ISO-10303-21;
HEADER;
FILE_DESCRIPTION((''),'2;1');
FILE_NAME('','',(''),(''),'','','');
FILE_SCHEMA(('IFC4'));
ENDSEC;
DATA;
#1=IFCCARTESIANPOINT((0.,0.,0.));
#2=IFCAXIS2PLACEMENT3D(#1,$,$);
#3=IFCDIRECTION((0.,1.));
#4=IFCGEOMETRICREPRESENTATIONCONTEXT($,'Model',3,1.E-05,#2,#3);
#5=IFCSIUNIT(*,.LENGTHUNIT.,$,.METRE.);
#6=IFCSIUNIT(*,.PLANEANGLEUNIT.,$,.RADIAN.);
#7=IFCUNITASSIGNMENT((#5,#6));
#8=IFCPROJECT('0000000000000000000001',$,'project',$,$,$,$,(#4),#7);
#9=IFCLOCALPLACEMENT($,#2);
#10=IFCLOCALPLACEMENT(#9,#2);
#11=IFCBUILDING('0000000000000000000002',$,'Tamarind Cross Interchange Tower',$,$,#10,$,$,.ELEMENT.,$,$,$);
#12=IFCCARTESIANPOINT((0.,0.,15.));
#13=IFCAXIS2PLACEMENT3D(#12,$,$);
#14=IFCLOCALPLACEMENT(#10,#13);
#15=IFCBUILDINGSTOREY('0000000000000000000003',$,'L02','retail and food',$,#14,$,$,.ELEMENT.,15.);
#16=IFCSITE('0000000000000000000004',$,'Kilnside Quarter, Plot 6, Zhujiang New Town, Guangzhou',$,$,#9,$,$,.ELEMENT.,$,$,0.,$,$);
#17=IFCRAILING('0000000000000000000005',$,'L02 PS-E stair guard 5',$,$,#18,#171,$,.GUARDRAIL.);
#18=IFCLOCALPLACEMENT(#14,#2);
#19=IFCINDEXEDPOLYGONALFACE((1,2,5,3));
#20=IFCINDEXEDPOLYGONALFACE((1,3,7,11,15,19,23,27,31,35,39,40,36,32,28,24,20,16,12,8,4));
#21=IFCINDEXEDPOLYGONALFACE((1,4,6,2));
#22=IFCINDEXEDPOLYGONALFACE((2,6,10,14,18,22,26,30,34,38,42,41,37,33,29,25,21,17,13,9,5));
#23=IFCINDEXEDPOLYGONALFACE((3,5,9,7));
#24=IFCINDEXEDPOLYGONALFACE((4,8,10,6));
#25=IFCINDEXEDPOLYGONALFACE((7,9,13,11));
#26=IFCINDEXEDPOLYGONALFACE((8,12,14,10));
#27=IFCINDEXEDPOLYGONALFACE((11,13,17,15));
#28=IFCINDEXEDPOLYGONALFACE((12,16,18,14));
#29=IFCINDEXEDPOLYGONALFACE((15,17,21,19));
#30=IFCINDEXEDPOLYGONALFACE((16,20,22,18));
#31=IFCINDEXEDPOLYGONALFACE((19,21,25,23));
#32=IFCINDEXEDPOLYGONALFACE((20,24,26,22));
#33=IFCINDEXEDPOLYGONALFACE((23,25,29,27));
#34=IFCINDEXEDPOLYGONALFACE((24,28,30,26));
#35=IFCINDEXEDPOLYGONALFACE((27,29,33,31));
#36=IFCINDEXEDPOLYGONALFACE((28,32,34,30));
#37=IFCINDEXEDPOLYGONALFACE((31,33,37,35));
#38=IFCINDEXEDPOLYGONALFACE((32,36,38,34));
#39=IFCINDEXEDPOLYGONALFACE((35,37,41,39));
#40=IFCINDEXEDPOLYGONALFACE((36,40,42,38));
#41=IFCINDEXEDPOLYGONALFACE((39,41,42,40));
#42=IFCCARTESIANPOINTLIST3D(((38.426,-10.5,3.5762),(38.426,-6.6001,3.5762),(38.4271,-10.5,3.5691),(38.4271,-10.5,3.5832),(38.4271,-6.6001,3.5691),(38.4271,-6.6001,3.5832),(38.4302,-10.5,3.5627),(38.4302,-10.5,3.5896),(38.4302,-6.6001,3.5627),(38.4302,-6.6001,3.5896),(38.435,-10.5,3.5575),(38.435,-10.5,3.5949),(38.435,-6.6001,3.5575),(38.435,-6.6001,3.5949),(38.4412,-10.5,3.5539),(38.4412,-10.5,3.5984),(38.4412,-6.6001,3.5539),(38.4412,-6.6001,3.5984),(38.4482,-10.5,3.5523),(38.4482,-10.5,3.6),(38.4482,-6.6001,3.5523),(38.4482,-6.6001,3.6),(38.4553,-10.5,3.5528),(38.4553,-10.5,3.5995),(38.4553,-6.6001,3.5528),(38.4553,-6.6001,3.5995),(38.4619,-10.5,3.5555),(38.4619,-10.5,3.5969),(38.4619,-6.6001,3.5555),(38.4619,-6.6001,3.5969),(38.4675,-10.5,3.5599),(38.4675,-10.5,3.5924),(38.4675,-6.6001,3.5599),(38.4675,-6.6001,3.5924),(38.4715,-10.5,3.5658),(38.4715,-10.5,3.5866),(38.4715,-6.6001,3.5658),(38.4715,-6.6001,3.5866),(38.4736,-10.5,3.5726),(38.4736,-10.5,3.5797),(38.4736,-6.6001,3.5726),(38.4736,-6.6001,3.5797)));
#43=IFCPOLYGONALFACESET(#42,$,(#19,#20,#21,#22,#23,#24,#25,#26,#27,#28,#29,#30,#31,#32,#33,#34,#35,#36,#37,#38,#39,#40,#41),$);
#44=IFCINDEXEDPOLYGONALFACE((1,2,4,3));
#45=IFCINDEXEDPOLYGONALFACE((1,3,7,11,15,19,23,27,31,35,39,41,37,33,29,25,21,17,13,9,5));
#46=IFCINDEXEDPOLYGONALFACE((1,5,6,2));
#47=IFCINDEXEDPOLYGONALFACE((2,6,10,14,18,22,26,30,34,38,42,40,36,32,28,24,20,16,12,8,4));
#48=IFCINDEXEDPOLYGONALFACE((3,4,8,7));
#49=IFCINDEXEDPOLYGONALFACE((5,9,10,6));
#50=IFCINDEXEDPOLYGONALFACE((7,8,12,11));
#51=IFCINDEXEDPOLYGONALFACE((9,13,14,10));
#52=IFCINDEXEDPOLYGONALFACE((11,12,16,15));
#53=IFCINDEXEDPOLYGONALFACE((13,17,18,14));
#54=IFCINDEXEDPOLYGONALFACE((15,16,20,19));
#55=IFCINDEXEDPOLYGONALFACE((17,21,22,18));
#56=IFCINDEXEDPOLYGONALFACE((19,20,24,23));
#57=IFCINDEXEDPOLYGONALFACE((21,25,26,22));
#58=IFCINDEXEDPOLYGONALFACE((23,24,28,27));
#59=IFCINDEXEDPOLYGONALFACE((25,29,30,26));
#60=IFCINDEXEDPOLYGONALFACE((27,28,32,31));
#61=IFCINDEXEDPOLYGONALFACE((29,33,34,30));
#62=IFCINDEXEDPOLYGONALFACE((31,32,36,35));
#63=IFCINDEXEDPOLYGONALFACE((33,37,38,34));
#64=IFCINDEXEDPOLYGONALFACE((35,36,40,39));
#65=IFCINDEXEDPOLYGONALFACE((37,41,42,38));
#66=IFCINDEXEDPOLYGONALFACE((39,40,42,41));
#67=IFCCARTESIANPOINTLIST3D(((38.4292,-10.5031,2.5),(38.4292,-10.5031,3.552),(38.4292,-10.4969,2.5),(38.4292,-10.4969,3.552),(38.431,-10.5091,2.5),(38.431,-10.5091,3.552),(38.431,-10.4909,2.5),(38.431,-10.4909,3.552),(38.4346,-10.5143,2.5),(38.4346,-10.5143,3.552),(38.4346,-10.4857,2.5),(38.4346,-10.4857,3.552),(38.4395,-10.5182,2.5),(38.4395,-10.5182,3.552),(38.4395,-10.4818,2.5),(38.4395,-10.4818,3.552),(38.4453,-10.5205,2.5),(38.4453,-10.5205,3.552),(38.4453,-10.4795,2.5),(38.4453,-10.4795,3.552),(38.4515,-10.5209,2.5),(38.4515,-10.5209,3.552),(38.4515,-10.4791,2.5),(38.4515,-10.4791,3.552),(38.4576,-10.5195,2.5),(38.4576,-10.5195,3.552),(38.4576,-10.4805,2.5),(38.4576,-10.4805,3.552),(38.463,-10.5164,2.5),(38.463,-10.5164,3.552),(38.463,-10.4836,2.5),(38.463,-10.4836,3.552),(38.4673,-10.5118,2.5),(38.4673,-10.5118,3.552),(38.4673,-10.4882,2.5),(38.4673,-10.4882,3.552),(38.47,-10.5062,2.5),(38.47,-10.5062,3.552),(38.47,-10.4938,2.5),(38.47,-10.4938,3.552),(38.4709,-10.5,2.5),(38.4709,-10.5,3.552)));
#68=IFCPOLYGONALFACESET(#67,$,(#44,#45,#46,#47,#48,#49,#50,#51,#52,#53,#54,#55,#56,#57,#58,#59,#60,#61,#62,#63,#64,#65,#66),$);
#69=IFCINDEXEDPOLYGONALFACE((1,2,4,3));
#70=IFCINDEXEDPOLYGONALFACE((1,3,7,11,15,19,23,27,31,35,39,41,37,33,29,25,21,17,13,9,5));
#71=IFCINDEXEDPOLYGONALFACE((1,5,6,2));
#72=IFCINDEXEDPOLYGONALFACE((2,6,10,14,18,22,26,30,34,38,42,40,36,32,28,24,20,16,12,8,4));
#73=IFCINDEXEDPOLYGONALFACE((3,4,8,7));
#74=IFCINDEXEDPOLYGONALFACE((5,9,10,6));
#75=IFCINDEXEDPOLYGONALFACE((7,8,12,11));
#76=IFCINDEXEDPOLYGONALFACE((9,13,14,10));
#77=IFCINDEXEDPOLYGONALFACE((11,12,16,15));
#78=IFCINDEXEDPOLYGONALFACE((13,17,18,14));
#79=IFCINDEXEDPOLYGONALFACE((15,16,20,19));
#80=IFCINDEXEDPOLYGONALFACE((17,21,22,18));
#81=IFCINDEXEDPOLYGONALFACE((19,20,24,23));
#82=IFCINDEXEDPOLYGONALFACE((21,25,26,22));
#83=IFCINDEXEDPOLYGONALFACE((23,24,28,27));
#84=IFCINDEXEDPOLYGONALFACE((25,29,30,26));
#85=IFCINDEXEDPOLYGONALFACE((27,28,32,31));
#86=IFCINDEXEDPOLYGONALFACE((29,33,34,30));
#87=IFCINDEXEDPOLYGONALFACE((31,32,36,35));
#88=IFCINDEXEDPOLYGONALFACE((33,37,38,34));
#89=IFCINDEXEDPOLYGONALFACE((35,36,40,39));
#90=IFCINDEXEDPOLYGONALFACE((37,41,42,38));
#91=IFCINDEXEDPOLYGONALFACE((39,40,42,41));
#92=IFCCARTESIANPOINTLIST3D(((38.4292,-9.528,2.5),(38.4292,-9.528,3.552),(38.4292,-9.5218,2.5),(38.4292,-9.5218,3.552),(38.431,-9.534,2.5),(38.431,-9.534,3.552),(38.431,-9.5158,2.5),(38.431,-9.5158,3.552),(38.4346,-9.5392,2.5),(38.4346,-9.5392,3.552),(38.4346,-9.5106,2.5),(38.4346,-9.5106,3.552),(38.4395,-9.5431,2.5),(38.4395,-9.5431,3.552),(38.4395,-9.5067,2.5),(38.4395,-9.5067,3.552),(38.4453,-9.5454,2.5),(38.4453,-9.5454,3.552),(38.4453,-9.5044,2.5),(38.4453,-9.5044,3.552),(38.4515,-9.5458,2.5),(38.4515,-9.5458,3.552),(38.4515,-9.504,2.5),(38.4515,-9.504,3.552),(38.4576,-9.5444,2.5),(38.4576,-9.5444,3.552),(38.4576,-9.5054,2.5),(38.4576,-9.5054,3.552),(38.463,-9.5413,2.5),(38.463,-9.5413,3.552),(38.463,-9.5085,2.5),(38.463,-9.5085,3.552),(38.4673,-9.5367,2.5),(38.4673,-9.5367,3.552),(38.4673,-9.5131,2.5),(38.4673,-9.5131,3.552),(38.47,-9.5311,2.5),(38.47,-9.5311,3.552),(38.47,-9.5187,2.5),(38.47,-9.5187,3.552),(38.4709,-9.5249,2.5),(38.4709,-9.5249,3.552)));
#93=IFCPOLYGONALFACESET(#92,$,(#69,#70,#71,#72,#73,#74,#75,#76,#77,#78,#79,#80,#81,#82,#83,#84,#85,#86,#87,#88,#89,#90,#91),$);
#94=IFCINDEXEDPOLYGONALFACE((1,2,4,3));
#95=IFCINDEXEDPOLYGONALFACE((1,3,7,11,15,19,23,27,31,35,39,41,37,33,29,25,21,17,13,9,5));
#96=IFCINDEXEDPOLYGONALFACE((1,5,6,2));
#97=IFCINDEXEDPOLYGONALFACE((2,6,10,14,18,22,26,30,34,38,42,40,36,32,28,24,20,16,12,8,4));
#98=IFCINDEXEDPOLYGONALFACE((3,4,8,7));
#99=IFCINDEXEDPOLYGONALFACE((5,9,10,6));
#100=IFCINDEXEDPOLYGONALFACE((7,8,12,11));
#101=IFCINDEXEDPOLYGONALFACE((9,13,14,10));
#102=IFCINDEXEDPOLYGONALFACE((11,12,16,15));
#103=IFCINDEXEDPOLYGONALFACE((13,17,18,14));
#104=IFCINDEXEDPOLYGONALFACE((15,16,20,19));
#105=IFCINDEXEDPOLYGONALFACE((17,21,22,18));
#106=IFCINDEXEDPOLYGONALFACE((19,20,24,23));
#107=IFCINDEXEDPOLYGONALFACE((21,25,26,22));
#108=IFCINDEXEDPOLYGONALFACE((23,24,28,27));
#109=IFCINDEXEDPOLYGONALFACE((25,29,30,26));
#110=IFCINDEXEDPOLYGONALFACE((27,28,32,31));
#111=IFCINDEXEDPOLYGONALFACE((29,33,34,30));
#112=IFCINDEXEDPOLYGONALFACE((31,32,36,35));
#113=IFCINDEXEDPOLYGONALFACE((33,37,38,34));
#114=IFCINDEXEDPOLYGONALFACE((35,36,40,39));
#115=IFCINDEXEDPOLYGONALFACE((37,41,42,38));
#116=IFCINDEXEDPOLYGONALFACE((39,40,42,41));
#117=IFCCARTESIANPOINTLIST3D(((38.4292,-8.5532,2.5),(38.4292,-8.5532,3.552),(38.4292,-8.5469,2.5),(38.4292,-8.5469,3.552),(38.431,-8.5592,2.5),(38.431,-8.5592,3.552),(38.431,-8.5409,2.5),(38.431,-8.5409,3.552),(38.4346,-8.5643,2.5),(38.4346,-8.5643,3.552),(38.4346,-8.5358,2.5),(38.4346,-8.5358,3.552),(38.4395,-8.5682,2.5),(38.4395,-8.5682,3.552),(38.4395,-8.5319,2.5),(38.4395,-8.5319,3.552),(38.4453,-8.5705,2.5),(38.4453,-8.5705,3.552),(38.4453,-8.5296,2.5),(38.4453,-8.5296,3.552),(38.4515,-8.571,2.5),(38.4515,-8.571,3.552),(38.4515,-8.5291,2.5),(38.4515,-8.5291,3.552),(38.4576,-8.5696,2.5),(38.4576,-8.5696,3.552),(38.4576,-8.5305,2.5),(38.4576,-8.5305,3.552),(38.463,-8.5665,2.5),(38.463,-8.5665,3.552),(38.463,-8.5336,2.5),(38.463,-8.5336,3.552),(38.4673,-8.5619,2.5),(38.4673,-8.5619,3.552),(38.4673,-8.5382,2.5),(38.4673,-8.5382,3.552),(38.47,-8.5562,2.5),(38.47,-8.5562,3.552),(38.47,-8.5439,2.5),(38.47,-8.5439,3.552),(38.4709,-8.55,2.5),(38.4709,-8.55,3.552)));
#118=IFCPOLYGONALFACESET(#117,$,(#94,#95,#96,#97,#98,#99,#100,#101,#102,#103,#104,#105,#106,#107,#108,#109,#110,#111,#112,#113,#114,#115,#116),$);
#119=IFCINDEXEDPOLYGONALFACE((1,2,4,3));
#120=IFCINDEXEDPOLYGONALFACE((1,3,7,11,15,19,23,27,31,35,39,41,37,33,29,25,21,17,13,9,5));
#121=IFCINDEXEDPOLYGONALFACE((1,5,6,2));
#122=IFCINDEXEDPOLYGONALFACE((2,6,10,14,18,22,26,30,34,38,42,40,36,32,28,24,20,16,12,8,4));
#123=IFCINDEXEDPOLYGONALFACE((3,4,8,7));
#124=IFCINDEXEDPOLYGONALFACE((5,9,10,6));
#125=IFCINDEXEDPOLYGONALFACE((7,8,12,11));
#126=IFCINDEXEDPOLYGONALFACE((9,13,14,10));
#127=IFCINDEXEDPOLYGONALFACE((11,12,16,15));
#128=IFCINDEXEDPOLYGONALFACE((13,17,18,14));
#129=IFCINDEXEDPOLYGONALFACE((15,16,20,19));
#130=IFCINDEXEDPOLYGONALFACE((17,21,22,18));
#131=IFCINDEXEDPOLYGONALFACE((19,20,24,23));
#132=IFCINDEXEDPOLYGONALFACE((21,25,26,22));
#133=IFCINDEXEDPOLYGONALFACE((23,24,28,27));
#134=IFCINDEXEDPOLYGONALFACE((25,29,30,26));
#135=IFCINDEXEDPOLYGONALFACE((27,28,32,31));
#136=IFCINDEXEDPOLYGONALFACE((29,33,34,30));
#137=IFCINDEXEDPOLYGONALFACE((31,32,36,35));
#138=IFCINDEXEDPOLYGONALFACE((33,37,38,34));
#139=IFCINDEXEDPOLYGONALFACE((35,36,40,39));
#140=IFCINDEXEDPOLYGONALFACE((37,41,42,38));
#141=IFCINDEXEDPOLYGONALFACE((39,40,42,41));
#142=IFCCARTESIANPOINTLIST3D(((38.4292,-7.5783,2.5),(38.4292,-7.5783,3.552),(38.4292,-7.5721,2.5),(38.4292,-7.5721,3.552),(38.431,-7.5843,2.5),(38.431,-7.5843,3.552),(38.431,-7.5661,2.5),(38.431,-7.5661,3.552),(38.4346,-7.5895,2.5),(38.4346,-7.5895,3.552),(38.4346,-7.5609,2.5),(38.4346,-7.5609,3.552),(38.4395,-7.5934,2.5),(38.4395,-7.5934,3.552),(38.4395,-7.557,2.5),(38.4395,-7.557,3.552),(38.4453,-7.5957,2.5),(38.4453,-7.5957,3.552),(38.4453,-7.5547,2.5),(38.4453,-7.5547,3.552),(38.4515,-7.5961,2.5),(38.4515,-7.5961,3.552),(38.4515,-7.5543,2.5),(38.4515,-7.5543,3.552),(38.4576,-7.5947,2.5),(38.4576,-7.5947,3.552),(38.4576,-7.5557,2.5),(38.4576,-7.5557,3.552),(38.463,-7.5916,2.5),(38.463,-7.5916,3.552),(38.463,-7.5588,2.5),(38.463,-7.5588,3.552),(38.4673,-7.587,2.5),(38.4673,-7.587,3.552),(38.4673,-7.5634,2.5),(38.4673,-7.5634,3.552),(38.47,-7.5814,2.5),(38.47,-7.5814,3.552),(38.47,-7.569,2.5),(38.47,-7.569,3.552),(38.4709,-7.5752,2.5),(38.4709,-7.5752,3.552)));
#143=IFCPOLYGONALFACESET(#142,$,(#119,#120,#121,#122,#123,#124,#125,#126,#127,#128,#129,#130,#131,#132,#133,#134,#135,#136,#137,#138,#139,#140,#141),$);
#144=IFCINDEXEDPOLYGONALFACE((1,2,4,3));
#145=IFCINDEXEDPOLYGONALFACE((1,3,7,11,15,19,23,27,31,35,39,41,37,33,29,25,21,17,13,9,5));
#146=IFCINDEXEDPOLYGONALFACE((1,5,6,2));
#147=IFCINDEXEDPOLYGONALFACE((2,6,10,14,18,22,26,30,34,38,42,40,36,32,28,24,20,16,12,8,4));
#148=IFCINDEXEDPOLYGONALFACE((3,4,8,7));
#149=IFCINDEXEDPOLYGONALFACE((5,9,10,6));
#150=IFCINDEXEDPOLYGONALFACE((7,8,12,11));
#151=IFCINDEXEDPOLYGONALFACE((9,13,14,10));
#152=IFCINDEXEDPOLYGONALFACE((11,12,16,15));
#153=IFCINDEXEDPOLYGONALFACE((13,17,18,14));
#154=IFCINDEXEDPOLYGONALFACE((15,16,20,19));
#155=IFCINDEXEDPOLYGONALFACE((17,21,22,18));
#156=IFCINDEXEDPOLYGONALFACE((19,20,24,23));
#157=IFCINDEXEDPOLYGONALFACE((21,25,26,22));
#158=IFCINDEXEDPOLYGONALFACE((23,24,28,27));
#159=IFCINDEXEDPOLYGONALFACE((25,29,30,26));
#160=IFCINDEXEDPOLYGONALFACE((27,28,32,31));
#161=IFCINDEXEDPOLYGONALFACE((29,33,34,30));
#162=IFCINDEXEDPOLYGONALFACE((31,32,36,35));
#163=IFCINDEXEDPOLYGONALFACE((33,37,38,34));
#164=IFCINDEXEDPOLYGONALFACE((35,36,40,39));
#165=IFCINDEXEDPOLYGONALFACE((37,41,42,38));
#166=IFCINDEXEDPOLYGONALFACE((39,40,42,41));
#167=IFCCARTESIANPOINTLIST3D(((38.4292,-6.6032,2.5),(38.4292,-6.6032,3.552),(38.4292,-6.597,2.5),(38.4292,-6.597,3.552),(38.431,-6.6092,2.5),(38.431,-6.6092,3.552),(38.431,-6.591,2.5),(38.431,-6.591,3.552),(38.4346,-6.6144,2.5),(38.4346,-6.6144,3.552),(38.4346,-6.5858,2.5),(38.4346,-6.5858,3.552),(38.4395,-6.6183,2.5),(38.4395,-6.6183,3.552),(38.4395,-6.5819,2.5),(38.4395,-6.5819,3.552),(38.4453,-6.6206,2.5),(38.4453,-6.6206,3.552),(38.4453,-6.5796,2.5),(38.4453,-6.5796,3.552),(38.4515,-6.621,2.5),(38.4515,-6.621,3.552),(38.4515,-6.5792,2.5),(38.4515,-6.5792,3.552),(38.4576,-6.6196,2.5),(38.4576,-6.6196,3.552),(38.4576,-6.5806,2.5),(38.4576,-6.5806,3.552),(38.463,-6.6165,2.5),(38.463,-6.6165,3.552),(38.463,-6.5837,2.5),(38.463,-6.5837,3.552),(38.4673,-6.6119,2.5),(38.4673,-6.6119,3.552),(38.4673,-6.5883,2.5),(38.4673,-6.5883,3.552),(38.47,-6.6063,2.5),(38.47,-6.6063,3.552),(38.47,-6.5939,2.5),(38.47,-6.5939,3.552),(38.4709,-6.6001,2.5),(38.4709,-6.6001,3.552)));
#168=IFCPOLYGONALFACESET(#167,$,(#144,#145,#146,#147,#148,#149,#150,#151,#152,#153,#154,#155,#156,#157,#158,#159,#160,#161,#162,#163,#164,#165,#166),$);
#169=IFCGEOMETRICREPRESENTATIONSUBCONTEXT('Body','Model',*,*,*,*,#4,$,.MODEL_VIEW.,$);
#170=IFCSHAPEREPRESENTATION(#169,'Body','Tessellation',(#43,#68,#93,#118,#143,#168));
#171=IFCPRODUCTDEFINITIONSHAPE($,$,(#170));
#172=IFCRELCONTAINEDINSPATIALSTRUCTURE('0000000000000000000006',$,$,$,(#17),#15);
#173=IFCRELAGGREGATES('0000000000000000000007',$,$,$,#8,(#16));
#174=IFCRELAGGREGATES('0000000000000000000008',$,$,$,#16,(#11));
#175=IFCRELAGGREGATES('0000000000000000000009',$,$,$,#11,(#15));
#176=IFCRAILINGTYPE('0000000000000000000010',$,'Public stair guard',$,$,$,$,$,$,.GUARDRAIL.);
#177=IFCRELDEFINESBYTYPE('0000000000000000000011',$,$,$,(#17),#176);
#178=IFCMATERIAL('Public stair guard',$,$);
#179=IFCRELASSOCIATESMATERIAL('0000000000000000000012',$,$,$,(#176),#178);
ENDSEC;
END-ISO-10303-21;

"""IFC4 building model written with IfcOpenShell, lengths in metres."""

from ifc_helpers import new_model, si_unit, direction, frame, origin, origin_2d, place, context, subcontext, project, spatial, circle, extrude, material, type_object, element, save


model = new_model("IFC4")

# Units and contexts
model_context = context("Model", 3, precision=1e-05, world=origin(), true_north=direction((0.0, 1.0)))
body_context = subcontext(model_context, "Body", "Model", "MODEL_VIEW")
ifc_project = project(units=[si_unit("LENGTHUNIT", "METRE"), si_unit("PLANEANGLEUNIT", "RADIAN")], contexts=[model_context])

# Site, building, storey
site_placement = place(None, origin())
site = spatial("IfcSite", under=ifc_project, at=site_placement, Name="Kilnside Quarter, Plot 6, Zhujiang New Town, Guangzhou", CompositionType="ELEMENT", RefElevation=0.0)
building_placement = place(site_placement, origin())
building = spatial("IfcBuilding", under=site, at=building_placement, Name="Tamarind Cross Interchange Tower", CompositionType="ELEMENT")
storey_placement = place(building_placement, frame((0.0, 0.0, 15.0)))
storey = spatial("IfcBuildingStorey", under=building, at=storey_placement, Name="L02", Description="retail and food", CompositionType="ELEMENT", Elevation=15.0)

# Railing
ifc_material_1 = material(Name="Public stair guard")
railing_type_1 = type_object("IfcRailingType", Name="Public stair guard", PredefinedType="GUARDRAIL", material=ifc_material_1)
railing_1_placement = place(storey_placement, frame((38.45, -10.5, 2.5)))
element("IfcRailing", 1, at=railing_1_placement, inside=storey, type_object=railing_type_1, Name="L02 PS-E stair guard 5", PredefinedType="GUARDRAIL", context=body_context, shape_type="SweptSolid", body=[
    extrude(circle(Radius=0.0239, at=origin_2d()), frame((0.0, 0.0, 1.0762), z_axis=(0.0, 1.0, 0.0), x_axis=(-1.0, 0.0, 0.0)), (0.0, 0.0, 1.0), 3.8999),
    extrude(circle(Radius=0.021, at=origin_2d()), origin(), (0.0, 0.0, 1.0), 1.052),
    extrude(circle(Radius=0.021, at=origin_2d()), frame((0.0, 0.9751, 0.0)), (0.0, 0.0, 1.0), 1.052),
    extrude(circle(Radius=0.021, at=origin_2d()), frame((0.0, 1.95, 0.0)), (0.0, 0.0, 1.0), 1.052),
    extrude(circle(Radius=0.021, at=origin_2d()), frame((0.0, 2.9248, 0.0)), (0.0, 0.0, 1.0), 1.052),
    extrude(circle(Radius=0.021, at=origin_2d()), frame((0.0, 3.8999, 0.0)), (0.0, 0.0, 1.0), 1.052),
])

save(model, "model.ifc")
